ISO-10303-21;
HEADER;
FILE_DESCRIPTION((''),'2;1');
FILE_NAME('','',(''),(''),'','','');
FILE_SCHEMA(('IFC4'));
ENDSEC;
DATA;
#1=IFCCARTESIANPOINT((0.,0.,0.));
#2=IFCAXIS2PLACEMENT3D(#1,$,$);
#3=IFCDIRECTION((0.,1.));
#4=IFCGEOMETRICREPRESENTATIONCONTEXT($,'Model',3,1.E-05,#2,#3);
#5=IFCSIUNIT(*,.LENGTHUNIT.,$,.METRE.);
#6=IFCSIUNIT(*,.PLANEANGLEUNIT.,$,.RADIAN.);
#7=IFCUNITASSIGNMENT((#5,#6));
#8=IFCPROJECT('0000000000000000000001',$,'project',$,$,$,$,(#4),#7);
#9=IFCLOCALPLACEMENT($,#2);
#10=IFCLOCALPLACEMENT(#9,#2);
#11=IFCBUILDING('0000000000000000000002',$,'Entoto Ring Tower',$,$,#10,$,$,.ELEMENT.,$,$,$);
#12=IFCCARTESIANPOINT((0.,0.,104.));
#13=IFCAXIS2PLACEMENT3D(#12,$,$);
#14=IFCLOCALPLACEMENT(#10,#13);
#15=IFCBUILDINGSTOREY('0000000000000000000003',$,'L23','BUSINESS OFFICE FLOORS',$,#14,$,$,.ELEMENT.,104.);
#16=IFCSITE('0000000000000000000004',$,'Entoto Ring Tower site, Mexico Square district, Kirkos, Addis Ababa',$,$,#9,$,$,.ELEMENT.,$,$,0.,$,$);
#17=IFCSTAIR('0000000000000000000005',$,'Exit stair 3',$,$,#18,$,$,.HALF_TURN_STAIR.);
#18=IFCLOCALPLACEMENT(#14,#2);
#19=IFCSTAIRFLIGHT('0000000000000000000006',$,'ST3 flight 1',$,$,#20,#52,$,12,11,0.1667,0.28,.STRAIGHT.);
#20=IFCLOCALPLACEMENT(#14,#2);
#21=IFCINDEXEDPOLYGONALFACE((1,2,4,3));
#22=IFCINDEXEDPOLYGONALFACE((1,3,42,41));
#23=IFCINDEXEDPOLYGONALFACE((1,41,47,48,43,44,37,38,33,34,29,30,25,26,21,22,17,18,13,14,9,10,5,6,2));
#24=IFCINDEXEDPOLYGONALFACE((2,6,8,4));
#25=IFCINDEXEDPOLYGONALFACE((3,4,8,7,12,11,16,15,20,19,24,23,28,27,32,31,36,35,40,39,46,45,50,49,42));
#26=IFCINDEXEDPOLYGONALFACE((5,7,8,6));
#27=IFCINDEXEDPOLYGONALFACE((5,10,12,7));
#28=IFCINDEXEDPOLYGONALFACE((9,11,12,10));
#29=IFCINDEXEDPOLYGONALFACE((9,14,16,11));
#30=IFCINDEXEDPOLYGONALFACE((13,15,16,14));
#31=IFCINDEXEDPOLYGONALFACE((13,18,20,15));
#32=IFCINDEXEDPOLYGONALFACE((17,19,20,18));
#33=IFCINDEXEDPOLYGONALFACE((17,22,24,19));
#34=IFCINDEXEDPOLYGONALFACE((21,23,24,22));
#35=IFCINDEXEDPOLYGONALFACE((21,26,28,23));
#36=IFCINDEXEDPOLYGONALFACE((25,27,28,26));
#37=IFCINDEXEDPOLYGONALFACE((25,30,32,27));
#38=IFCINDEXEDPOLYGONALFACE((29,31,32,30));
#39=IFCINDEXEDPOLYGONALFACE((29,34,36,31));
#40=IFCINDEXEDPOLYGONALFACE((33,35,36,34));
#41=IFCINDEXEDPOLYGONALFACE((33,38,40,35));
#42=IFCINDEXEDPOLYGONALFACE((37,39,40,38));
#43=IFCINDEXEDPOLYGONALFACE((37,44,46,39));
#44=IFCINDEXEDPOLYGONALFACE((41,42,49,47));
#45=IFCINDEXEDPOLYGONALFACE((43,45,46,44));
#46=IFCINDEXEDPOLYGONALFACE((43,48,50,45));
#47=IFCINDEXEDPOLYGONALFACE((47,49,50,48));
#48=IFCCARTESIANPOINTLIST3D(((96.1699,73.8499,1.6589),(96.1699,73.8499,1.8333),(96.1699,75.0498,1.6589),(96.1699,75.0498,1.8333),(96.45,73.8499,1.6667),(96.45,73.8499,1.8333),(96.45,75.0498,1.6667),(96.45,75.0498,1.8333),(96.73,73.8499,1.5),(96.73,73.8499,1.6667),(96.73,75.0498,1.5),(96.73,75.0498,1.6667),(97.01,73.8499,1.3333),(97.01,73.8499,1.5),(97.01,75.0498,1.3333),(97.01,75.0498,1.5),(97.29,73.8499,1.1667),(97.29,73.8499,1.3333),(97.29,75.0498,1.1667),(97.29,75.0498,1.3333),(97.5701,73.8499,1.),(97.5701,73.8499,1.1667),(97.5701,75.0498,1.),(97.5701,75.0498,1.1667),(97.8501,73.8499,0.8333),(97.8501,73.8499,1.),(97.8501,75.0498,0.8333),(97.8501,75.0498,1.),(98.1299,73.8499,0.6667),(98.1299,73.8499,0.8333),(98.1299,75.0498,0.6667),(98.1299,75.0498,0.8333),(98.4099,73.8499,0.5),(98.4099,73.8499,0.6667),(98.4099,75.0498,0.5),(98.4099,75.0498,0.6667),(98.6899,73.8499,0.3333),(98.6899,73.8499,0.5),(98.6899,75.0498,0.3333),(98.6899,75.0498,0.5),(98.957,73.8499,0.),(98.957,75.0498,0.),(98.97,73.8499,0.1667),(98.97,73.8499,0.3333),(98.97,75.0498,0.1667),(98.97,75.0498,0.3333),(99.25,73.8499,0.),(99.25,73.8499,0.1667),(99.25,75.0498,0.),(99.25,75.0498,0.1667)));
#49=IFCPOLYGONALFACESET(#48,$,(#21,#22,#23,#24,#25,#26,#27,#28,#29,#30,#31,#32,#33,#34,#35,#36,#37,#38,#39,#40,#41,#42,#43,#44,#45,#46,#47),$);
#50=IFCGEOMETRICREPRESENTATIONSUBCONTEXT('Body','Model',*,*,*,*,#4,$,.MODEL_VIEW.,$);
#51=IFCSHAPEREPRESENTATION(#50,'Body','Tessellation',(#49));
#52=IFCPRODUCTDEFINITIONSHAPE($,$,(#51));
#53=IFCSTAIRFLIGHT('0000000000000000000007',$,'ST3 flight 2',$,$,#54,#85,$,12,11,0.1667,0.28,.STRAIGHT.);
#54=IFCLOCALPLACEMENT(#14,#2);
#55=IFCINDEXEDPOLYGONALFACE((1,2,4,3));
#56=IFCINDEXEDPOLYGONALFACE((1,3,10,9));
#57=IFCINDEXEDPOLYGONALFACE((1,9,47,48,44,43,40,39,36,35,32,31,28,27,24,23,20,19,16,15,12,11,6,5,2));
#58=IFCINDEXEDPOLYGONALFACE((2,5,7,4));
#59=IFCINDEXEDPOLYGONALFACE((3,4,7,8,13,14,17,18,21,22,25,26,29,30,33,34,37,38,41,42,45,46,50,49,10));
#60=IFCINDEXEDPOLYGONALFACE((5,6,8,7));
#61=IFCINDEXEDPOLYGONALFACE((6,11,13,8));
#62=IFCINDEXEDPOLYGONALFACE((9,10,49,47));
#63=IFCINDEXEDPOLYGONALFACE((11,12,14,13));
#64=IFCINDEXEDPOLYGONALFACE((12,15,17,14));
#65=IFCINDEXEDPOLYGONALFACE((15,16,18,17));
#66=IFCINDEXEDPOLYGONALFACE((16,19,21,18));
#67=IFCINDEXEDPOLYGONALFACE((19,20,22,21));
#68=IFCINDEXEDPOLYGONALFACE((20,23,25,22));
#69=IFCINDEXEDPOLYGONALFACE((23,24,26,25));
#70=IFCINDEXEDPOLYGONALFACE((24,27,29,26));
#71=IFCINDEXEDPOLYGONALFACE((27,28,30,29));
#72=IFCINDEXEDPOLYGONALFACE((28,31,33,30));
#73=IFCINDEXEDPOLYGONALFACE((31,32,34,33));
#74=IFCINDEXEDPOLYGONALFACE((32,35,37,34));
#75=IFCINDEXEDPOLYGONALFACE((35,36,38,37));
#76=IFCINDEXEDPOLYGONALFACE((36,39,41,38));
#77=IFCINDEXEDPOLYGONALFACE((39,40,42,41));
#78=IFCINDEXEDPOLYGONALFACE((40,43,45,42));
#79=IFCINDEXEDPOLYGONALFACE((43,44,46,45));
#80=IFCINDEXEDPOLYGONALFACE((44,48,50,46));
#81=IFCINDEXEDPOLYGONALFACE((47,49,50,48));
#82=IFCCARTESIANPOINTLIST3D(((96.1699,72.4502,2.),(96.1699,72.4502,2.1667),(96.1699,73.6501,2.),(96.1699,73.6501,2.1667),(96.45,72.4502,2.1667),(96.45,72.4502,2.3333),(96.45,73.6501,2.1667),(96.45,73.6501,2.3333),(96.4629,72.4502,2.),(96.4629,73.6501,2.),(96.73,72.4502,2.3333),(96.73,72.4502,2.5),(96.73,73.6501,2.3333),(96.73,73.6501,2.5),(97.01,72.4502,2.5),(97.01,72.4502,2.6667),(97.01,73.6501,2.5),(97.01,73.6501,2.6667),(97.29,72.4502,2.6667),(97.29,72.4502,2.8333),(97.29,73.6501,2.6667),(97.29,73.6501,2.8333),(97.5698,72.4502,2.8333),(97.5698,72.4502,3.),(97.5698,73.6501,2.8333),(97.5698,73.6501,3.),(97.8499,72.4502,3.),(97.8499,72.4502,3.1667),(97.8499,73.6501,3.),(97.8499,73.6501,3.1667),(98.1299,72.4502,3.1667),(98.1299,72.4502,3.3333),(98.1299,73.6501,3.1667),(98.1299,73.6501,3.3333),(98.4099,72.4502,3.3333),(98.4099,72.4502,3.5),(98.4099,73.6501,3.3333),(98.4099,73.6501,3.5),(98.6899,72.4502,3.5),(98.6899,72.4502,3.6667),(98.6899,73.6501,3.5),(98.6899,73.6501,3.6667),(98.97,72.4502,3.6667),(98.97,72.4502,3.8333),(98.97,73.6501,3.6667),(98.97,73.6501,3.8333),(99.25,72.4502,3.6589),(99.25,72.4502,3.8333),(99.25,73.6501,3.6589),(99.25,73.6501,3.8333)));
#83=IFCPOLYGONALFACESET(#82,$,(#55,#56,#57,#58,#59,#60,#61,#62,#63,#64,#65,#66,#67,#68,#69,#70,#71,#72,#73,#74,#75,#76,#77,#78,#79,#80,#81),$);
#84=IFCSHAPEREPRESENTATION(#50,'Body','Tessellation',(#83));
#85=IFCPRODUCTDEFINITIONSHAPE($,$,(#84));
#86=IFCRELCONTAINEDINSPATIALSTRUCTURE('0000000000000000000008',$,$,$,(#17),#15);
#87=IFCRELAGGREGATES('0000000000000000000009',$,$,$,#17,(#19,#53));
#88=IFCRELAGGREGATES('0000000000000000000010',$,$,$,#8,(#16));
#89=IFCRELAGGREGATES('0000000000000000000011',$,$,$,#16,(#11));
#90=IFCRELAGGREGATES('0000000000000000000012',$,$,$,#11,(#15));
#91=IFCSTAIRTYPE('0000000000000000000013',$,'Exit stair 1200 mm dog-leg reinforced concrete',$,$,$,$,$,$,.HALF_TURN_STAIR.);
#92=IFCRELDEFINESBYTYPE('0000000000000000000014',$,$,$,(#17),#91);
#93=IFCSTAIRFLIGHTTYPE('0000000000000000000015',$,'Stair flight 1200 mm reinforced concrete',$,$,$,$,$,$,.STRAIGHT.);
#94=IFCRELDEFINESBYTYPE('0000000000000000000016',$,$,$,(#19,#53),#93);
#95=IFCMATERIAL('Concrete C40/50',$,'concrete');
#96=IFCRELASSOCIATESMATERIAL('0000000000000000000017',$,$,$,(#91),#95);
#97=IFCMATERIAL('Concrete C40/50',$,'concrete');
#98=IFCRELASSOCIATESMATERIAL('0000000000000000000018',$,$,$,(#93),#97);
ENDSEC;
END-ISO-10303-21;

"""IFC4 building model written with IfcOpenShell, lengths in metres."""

from ifc_helpers import new_model, si_unit, direction, frame, origin, place, context, subcontext, project, spatial, polyline, outline, extrude, material, type_object, element, aggregate, save


model = new_model("IFC4")

# Units and contexts
model_context = context("Model", 3, precision=1e-05, world=origin(), true_north=direction((0.0, 1.0)))
body_context = subcontext(model_context, "Body", "Model", "MODEL_VIEW")
ifc_project = project(units=[si_unit("LENGTHUNIT", "METRE"), si_unit("PLANEANGLEUNIT", "RADIAN")], contexts=[model_context])

# Site, building, storey
site_placement = place(None, origin())
site = spatial("IfcSite", under=ifc_project, at=site_placement, Name="Entoto Ring Tower site, Mexico Square district, Kirkos, Addis Ababa", CompositionType="ELEMENT", RefElevation=0.0)
building_placement = place(site_placement, origin())
building = spatial("IfcBuilding", under=site, at=building_placement, Name="Entoto Ring Tower", CompositionType="ELEMENT")
storey_placement = place(building_placement, frame((0.0, 0.0, 104.0)))
storey = spatial("IfcBuildingStorey", under=building, at=storey_placement, Name="L23", Description="BUSINESS OFFICE FLOORS", CompositionType="ELEMENT", Elevation=104.0)

# Stair, stair flights
ifc_material_1 = material(Name="Concrete C40/50", Category="concrete")
stair_type = type_object("IfcStairType", Name="Exit stair 1200 mm dog-leg reinforced concrete", PredefinedType="HALF_TURN_STAIR", material=ifc_material_1)
stair_placement = place(storey_placement, origin())
stair = element("IfcStair", 1, at=stair_placement, inside=storey, type_object=stair_type, Name="Exit stair 3", PredefinedType="HALF_TURN_STAIR")
ifc_material_2 = material(Name="Concrete C40/50", Category="concrete")
stair_flight_type = type_object("IfcStairFlightType", Name="Stair flight 1200 mm reinforced concrete", PredefinedType="STRAIGHT", material=ifc_material_2)
stair_flight_1_placement = place(storey_placement, frame((99.25, 74.45, 0.0), z_axis=(0.0, 0.0, 1.0), x_axis=(-1.0, 0.0, 0.0)))
stair_flight_1 = element("IfcStairFlight", 2, at=stair_flight_1_placement, type_object=stair_flight_type, Name="ST3 flight 1", NumberOfRisers=12, NumberOfTreads=11, PredefinedType="STRAIGHT", RiserHeight=0.1667, TreadLength=0.28, context=body_context, shape_type="SweptSolid", body=[
    extrude(outline(polyline([(0.0, 0.0), (0.0, 0.1667), (0.28, 0.1667), (0.28, 0.3333), (0.5601, 0.3333), (0.5601, 0.5), (0.8401, 0.5), (0.8401, 0.6667), (1.1201, 0.6667), (1.1201, 0.8333), (1.3999, 0.8333), (1.3999, 1.0), (1.6799, 1.0), (1.6799, 1.1667), (1.96, 1.1667), (1.96, 1.3333), (2.24, 1.3333), (2.24, 1.5), (2.52, 1.5), (2.52, 1.6667), (2.8, 1.6667), (2.8, 1.8333), (3.0801, 1.8333), (3.0801, 2.0), (3.0801, 1.6589), (0.293, 0.0), (0.0, 0.0)])), frame((0.0, 0.6001, 0.0), z_axis=(0.0, -1.0, 0.0), x_axis=(1.0, 0.0, 0.0)), (0.0, 0.0, 1.0), 1.2),
])
stair_flight_2_placement = place(storey_placement, frame((96.1699, 73.05, 2.0), z_axis=(0.0, 0.0, 1.0), x_axis=(1.0, 0.0, 0.0)))
stair_flight_2 = element("IfcStairFlight", 3, at=stair_flight_2_placement, type_object=stair_flight_type, Name="ST3 flight 2", NumberOfRisers=12, NumberOfTreads=11, PredefinedType="STRAIGHT", RiserHeight=0.1667, TreadLength=0.28, context=body_context, shape_type="SweptSolid", body=[
    extrude(outline(polyline([(0.0, 0.0), (0.0, 0.1667), (0.28, 0.1667), (0.28, 0.3333), (0.5601, 0.3333), (0.5601, 0.5), (0.8401, 0.5), (0.8401, 0.6667), (1.1201, 0.6667), (1.1201, 0.8333), (1.3999, 0.8333), (1.3999, 1.0), (1.6799, 1.0), (1.6799, 1.1667), (1.96, 1.1667), (1.96, 1.3333), (2.24, 1.3333), (2.24, 1.5), (2.52, 1.5), (2.52, 1.6667), (2.8, 1.6667), (2.8, 1.8333), (3.0801, 1.8333), (3.0801, 2.0), (3.0801, 1.6589), (0.293, 0.0), (0.0, 0.0)])), frame((0.0, 0.6001, 0.0), z_axis=(0.0, -1.0, 0.0), x_axis=(1.0, 0.0, 0.0)), (0.0, 0.0, 1.0), 1.2),
])
aggregate(stair, [stair_flight_1, stair_flight_2])

save(model, "model.ifc")
